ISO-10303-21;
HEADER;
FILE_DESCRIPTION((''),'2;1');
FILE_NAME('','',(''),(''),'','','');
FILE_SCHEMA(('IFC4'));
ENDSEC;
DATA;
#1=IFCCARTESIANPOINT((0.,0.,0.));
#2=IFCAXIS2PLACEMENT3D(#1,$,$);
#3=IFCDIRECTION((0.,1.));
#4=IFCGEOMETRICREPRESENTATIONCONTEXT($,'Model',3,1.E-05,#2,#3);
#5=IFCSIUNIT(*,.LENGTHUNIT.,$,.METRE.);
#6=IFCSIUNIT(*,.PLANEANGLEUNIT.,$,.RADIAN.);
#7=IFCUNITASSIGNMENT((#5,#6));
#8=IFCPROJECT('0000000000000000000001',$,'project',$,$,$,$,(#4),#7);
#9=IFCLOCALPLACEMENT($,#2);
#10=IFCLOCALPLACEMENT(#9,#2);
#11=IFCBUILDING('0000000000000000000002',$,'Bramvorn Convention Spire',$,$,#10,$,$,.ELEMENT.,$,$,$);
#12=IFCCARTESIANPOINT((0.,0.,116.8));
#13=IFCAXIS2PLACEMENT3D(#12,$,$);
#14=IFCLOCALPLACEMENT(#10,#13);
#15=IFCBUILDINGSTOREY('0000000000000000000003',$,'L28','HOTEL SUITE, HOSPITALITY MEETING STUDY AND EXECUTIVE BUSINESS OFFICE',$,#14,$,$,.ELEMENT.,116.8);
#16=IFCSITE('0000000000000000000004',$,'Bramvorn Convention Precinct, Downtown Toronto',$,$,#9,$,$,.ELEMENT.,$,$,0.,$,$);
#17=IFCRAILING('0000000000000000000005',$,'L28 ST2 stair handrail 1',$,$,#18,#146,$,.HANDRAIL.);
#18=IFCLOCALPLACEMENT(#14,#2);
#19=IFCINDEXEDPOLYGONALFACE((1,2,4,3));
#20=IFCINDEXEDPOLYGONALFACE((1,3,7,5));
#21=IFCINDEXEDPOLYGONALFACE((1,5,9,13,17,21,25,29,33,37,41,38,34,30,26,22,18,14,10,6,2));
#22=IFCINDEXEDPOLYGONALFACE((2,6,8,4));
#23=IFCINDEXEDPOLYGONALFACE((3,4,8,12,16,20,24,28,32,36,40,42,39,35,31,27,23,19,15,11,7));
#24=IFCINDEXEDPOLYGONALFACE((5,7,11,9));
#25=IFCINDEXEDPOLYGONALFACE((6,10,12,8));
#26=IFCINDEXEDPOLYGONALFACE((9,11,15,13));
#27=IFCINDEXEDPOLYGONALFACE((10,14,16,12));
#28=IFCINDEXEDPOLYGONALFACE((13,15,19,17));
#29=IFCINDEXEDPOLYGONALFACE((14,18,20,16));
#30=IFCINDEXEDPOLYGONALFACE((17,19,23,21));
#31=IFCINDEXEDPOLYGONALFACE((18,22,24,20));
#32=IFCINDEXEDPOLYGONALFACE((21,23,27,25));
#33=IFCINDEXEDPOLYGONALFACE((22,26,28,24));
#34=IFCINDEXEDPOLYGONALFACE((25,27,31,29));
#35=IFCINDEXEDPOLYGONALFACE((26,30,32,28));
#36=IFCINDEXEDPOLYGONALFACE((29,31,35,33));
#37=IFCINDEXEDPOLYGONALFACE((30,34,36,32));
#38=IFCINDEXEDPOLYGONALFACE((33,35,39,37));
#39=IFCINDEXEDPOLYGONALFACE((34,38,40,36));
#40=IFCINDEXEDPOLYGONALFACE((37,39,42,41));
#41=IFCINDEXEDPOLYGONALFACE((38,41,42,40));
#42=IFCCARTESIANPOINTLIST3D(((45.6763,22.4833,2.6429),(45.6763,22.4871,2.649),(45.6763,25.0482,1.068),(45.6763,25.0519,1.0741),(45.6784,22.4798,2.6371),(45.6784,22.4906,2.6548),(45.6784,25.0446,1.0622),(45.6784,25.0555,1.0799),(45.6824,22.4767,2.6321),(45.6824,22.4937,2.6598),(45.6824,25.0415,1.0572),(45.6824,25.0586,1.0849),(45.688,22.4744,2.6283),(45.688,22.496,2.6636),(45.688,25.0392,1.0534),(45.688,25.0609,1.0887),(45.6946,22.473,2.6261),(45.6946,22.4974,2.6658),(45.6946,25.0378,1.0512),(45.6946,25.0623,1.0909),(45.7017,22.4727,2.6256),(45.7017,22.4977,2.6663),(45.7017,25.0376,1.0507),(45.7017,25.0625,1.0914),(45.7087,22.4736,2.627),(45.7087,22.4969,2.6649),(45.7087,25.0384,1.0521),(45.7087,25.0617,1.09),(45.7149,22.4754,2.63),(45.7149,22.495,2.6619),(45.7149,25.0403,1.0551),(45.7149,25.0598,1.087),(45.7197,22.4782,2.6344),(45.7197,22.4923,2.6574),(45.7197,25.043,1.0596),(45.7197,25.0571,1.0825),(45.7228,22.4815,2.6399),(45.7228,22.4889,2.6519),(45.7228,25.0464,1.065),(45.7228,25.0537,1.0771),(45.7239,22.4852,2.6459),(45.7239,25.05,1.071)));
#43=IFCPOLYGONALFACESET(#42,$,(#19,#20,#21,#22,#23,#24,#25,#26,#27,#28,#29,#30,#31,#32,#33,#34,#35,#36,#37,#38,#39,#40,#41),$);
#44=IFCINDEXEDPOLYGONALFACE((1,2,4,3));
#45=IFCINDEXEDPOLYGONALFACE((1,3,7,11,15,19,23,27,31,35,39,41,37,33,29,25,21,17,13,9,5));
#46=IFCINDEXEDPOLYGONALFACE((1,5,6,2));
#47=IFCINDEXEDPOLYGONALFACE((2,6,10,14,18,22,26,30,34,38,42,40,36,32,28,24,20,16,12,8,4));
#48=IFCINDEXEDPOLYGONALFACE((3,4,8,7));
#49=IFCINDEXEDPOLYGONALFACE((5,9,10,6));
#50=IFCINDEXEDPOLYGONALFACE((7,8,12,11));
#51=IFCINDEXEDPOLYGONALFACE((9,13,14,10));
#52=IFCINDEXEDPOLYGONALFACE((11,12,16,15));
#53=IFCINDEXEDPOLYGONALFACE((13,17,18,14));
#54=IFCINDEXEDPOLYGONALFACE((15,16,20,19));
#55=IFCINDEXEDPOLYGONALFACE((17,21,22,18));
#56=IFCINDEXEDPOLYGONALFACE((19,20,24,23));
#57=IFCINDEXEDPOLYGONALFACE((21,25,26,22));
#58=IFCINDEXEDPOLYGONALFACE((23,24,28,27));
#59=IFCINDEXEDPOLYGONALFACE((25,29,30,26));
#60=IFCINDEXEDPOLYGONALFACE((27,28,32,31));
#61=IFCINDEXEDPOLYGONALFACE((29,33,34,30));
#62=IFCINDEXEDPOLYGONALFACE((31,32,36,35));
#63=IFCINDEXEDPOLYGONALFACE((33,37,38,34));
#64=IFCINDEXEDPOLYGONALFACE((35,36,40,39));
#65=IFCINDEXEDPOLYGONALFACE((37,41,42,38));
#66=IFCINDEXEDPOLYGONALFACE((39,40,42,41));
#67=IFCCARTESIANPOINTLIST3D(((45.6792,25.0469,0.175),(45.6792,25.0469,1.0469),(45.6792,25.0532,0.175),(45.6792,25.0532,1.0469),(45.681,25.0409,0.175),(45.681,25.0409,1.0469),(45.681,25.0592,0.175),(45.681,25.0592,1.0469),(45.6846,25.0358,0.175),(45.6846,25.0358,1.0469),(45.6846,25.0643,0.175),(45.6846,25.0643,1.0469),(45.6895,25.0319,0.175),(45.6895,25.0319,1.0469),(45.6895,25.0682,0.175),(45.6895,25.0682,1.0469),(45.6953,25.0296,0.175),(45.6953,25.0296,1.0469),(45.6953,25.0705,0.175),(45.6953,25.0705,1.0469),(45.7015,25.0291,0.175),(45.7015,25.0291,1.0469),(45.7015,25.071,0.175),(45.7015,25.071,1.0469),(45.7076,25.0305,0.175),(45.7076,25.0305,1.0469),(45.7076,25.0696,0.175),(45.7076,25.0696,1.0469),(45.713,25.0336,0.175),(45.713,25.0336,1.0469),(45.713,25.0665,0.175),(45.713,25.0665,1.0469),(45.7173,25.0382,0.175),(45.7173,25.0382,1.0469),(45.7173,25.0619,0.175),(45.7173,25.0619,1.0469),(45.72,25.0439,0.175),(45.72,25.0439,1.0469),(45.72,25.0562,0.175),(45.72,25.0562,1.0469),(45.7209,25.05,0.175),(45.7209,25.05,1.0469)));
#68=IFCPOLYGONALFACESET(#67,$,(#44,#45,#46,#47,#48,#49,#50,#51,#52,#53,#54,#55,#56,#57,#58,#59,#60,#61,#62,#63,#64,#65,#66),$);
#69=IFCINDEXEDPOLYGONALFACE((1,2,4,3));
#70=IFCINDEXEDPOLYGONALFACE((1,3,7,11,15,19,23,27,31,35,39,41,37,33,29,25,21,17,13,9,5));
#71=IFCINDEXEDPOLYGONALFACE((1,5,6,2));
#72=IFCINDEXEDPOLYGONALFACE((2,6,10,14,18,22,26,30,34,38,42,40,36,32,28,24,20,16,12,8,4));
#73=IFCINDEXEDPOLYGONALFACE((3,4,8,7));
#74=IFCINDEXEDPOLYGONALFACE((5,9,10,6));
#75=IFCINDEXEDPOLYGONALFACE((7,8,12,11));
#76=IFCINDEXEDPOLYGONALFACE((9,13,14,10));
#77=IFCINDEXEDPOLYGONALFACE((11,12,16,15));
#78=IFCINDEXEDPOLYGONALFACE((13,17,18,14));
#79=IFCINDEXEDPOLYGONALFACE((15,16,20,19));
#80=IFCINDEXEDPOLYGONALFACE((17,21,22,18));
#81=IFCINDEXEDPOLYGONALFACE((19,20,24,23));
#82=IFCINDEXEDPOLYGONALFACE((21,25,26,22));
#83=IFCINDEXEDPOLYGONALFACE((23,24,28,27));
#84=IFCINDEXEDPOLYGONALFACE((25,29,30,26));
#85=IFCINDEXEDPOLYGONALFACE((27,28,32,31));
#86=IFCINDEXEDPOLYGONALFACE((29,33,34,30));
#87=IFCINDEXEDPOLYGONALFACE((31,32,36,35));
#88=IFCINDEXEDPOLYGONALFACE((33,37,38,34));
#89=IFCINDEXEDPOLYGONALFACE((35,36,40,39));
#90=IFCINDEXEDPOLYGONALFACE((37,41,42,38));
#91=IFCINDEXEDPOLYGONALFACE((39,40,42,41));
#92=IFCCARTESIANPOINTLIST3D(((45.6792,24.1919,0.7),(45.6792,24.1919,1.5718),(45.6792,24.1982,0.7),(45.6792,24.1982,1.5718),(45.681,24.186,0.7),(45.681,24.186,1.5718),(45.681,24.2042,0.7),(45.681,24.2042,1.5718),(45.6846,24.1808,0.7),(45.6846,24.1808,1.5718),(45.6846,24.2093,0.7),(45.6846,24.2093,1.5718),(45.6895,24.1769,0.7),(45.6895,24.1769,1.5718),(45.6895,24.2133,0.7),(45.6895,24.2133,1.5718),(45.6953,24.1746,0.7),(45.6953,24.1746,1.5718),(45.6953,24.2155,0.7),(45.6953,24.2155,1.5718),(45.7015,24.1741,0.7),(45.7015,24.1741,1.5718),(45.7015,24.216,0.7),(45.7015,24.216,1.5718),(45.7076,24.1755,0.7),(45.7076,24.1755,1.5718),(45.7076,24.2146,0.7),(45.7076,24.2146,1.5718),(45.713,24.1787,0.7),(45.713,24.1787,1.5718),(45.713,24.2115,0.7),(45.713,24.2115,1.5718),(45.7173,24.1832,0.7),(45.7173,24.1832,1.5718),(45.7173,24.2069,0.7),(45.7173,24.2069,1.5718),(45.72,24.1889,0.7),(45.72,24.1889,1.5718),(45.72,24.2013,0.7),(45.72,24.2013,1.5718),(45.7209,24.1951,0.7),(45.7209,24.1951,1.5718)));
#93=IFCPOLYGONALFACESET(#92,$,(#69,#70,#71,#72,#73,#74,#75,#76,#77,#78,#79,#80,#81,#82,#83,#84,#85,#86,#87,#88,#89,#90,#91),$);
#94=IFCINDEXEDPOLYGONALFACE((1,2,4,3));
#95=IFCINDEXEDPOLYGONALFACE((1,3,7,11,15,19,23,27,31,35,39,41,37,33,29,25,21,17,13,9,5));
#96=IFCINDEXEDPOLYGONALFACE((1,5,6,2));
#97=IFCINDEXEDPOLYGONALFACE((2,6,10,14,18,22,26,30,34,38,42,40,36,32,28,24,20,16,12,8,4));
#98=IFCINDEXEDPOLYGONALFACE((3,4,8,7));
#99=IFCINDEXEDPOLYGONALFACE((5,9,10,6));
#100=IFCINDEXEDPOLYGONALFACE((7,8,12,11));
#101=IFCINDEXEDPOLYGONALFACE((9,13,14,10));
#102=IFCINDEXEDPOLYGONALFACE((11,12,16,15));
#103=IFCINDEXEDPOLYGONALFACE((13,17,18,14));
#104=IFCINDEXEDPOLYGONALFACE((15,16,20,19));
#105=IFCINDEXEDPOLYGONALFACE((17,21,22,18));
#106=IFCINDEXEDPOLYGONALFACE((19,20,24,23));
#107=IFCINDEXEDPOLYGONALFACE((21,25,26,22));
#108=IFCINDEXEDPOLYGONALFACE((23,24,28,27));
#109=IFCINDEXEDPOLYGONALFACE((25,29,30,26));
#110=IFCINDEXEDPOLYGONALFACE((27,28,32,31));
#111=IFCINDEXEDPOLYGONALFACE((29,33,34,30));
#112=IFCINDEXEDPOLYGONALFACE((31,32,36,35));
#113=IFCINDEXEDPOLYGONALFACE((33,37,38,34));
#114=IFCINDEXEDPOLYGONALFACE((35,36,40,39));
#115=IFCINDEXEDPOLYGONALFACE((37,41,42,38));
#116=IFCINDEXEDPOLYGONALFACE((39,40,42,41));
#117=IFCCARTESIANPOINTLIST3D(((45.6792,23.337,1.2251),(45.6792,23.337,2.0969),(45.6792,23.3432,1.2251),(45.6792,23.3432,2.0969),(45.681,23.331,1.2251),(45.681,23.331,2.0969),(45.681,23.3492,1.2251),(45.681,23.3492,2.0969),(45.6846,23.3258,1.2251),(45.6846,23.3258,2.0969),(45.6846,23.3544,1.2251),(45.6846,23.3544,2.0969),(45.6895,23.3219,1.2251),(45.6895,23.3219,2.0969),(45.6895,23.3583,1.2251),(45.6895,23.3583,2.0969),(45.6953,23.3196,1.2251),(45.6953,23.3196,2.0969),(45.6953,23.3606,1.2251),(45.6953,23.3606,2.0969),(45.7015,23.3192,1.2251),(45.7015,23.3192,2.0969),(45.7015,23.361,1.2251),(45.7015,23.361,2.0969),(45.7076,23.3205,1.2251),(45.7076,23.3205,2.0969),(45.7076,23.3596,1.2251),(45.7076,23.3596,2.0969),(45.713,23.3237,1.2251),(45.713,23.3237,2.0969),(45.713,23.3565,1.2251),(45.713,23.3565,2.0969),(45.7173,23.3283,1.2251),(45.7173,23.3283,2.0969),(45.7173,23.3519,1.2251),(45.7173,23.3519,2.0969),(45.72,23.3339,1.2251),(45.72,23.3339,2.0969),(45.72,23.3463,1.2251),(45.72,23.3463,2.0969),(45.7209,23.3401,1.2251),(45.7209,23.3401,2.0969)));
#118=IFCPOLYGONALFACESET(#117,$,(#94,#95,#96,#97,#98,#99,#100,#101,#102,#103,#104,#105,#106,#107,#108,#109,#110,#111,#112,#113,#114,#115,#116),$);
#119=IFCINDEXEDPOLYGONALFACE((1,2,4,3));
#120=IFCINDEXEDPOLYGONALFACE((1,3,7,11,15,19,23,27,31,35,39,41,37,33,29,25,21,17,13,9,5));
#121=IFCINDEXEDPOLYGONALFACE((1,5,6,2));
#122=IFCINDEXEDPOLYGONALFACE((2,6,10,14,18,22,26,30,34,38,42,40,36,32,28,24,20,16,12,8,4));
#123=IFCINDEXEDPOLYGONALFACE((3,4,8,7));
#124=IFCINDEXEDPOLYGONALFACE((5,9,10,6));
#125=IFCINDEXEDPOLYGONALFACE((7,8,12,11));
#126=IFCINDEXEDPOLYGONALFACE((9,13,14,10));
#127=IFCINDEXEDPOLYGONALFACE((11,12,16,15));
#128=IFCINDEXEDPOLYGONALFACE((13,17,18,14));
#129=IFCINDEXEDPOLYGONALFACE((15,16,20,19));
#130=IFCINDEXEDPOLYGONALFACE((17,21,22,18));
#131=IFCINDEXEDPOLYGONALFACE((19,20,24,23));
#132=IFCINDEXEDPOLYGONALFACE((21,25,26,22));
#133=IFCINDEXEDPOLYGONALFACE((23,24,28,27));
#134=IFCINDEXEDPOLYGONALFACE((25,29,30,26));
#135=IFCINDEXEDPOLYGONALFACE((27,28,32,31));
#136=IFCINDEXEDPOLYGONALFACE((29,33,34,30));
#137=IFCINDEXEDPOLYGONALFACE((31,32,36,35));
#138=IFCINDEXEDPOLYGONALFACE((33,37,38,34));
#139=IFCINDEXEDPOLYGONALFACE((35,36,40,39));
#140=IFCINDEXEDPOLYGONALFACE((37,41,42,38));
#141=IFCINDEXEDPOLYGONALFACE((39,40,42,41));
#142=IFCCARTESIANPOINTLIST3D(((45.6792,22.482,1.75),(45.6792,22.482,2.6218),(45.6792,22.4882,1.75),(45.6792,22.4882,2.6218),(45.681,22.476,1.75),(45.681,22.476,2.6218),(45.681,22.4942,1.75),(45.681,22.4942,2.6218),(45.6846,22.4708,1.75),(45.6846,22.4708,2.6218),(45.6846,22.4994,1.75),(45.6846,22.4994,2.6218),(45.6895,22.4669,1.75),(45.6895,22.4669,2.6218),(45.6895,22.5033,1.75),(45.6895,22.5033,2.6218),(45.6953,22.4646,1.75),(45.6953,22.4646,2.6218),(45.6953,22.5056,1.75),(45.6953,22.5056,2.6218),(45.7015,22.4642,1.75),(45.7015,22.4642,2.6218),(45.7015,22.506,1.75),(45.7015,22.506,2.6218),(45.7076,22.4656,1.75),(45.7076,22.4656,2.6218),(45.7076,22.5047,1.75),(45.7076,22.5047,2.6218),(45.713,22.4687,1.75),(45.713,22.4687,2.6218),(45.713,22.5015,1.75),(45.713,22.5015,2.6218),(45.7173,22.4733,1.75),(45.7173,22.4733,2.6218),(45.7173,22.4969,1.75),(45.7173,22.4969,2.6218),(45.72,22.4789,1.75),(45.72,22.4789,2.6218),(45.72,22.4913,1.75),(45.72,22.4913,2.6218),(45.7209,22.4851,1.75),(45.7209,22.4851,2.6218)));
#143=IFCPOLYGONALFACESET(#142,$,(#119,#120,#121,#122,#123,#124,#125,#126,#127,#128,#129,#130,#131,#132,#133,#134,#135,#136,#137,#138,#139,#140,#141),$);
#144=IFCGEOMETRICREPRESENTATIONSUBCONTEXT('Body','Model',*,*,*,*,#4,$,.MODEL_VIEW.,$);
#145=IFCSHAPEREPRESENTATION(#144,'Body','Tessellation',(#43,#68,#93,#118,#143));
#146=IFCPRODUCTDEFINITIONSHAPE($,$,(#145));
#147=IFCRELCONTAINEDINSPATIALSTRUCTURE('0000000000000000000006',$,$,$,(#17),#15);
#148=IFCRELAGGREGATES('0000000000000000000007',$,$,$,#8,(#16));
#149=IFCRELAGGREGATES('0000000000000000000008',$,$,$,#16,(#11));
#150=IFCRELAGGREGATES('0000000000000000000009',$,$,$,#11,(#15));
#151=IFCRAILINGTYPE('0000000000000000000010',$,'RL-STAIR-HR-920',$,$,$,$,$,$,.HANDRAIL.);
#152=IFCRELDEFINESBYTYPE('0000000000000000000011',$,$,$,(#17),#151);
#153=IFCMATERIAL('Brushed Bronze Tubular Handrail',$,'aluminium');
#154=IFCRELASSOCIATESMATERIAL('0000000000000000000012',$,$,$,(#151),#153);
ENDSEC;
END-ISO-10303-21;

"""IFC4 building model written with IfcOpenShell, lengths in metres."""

from ifc_helpers import new_model, si_unit, direction, frame, origin, origin_2d, place, context, subcontext, project, spatial, circle, extrude, material, type_object, element, save


model = new_model("IFC4")

# Units and contexts
model_context = context("Model", 3, precision=1e-05, world=origin(), true_north=direction((0.0, 1.0)))
body_context = subcontext(model_context, "Body", "Model", "MODEL_VIEW")
ifc_project = project(units=[si_unit("LENGTHUNIT", "METRE"), si_unit("PLANEANGLEUNIT", "RADIAN")], contexts=[model_context])

# Site, building, storey
site_placement = place(None, origin())
site = spatial("IfcSite", under=ifc_project, at=site_placement, Name="Bramvorn Convention Precinct, Downtown Toronto", CompositionType="ELEMENT", RefElevation=0.0)
building_placement = place(site_placement, origin())
building = spatial("IfcBuilding", under=site, at=building_placement, Name="Bramvorn Convention Spire", CompositionType="ELEMENT")
storey_placement = place(building_placement, frame((0.0, 0.0, 116.8)))
storey = spatial("IfcBuildingStorey", under=building, at=storey_placement, Name="L28", Description="HOTEL SUITE, HOSPITALITY MEETING STUDY AND EXECUTIVE BUSINESS OFFICE", CompositionType="ELEMENT", Elevation=116.8)

# Railing
ifc_material_1 = material(Name="Brushed Bronze Tubular Handrail", Category="aluminium")
railing_type_1 = type_object("IfcRailingType", Name="RL-STAIR-HR-920", PredefinedType="HANDRAIL", material=ifc_material_1)
railing_1_placement = place(storey_placement, frame((45.7, 25.05, 0.175)))
element("IfcRailing", 1, at=railing_1_placement, inside=storey, type_object=railing_type_1, Name="L28 ST2 stair handrail 1", PredefinedType="HANDRAIL", context=body_context, shape_type="SweptSolid", body=[
    extrude(circle(Radius=0.0239, at=origin_2d()), frame((0.0, 0.0, 0.896), z_axis=(0.0, -0.852173, 0.52326), x_axis=(1.0, 0.0, 0.0)), (0.0, 0.0, 1.0), 3.0098),
    extrude(circle(Radius=0.021, at=origin_2d()), origin(), (0.0, 0.0, 1.0), 0.8718),
    extrude(circle(Radius=0.021, at=origin_2d()), frame((0.0, -0.855, 0.5249)), (0.0, 0.0, 1.0), 0.8718),
    extrude(circle(Radius=0.021, at=origin_2d()), frame((0.0, -1.71, 1.05)), (0.0, 0.0, 1.0), 0.8718),
    extrude(circle(Radius=0.021, at=origin_2d()), frame((0.0, -2.5649, 1.575)), (0.0, 0.0, 1.0), 0.8718),
])

save(model, "model.ifc")
